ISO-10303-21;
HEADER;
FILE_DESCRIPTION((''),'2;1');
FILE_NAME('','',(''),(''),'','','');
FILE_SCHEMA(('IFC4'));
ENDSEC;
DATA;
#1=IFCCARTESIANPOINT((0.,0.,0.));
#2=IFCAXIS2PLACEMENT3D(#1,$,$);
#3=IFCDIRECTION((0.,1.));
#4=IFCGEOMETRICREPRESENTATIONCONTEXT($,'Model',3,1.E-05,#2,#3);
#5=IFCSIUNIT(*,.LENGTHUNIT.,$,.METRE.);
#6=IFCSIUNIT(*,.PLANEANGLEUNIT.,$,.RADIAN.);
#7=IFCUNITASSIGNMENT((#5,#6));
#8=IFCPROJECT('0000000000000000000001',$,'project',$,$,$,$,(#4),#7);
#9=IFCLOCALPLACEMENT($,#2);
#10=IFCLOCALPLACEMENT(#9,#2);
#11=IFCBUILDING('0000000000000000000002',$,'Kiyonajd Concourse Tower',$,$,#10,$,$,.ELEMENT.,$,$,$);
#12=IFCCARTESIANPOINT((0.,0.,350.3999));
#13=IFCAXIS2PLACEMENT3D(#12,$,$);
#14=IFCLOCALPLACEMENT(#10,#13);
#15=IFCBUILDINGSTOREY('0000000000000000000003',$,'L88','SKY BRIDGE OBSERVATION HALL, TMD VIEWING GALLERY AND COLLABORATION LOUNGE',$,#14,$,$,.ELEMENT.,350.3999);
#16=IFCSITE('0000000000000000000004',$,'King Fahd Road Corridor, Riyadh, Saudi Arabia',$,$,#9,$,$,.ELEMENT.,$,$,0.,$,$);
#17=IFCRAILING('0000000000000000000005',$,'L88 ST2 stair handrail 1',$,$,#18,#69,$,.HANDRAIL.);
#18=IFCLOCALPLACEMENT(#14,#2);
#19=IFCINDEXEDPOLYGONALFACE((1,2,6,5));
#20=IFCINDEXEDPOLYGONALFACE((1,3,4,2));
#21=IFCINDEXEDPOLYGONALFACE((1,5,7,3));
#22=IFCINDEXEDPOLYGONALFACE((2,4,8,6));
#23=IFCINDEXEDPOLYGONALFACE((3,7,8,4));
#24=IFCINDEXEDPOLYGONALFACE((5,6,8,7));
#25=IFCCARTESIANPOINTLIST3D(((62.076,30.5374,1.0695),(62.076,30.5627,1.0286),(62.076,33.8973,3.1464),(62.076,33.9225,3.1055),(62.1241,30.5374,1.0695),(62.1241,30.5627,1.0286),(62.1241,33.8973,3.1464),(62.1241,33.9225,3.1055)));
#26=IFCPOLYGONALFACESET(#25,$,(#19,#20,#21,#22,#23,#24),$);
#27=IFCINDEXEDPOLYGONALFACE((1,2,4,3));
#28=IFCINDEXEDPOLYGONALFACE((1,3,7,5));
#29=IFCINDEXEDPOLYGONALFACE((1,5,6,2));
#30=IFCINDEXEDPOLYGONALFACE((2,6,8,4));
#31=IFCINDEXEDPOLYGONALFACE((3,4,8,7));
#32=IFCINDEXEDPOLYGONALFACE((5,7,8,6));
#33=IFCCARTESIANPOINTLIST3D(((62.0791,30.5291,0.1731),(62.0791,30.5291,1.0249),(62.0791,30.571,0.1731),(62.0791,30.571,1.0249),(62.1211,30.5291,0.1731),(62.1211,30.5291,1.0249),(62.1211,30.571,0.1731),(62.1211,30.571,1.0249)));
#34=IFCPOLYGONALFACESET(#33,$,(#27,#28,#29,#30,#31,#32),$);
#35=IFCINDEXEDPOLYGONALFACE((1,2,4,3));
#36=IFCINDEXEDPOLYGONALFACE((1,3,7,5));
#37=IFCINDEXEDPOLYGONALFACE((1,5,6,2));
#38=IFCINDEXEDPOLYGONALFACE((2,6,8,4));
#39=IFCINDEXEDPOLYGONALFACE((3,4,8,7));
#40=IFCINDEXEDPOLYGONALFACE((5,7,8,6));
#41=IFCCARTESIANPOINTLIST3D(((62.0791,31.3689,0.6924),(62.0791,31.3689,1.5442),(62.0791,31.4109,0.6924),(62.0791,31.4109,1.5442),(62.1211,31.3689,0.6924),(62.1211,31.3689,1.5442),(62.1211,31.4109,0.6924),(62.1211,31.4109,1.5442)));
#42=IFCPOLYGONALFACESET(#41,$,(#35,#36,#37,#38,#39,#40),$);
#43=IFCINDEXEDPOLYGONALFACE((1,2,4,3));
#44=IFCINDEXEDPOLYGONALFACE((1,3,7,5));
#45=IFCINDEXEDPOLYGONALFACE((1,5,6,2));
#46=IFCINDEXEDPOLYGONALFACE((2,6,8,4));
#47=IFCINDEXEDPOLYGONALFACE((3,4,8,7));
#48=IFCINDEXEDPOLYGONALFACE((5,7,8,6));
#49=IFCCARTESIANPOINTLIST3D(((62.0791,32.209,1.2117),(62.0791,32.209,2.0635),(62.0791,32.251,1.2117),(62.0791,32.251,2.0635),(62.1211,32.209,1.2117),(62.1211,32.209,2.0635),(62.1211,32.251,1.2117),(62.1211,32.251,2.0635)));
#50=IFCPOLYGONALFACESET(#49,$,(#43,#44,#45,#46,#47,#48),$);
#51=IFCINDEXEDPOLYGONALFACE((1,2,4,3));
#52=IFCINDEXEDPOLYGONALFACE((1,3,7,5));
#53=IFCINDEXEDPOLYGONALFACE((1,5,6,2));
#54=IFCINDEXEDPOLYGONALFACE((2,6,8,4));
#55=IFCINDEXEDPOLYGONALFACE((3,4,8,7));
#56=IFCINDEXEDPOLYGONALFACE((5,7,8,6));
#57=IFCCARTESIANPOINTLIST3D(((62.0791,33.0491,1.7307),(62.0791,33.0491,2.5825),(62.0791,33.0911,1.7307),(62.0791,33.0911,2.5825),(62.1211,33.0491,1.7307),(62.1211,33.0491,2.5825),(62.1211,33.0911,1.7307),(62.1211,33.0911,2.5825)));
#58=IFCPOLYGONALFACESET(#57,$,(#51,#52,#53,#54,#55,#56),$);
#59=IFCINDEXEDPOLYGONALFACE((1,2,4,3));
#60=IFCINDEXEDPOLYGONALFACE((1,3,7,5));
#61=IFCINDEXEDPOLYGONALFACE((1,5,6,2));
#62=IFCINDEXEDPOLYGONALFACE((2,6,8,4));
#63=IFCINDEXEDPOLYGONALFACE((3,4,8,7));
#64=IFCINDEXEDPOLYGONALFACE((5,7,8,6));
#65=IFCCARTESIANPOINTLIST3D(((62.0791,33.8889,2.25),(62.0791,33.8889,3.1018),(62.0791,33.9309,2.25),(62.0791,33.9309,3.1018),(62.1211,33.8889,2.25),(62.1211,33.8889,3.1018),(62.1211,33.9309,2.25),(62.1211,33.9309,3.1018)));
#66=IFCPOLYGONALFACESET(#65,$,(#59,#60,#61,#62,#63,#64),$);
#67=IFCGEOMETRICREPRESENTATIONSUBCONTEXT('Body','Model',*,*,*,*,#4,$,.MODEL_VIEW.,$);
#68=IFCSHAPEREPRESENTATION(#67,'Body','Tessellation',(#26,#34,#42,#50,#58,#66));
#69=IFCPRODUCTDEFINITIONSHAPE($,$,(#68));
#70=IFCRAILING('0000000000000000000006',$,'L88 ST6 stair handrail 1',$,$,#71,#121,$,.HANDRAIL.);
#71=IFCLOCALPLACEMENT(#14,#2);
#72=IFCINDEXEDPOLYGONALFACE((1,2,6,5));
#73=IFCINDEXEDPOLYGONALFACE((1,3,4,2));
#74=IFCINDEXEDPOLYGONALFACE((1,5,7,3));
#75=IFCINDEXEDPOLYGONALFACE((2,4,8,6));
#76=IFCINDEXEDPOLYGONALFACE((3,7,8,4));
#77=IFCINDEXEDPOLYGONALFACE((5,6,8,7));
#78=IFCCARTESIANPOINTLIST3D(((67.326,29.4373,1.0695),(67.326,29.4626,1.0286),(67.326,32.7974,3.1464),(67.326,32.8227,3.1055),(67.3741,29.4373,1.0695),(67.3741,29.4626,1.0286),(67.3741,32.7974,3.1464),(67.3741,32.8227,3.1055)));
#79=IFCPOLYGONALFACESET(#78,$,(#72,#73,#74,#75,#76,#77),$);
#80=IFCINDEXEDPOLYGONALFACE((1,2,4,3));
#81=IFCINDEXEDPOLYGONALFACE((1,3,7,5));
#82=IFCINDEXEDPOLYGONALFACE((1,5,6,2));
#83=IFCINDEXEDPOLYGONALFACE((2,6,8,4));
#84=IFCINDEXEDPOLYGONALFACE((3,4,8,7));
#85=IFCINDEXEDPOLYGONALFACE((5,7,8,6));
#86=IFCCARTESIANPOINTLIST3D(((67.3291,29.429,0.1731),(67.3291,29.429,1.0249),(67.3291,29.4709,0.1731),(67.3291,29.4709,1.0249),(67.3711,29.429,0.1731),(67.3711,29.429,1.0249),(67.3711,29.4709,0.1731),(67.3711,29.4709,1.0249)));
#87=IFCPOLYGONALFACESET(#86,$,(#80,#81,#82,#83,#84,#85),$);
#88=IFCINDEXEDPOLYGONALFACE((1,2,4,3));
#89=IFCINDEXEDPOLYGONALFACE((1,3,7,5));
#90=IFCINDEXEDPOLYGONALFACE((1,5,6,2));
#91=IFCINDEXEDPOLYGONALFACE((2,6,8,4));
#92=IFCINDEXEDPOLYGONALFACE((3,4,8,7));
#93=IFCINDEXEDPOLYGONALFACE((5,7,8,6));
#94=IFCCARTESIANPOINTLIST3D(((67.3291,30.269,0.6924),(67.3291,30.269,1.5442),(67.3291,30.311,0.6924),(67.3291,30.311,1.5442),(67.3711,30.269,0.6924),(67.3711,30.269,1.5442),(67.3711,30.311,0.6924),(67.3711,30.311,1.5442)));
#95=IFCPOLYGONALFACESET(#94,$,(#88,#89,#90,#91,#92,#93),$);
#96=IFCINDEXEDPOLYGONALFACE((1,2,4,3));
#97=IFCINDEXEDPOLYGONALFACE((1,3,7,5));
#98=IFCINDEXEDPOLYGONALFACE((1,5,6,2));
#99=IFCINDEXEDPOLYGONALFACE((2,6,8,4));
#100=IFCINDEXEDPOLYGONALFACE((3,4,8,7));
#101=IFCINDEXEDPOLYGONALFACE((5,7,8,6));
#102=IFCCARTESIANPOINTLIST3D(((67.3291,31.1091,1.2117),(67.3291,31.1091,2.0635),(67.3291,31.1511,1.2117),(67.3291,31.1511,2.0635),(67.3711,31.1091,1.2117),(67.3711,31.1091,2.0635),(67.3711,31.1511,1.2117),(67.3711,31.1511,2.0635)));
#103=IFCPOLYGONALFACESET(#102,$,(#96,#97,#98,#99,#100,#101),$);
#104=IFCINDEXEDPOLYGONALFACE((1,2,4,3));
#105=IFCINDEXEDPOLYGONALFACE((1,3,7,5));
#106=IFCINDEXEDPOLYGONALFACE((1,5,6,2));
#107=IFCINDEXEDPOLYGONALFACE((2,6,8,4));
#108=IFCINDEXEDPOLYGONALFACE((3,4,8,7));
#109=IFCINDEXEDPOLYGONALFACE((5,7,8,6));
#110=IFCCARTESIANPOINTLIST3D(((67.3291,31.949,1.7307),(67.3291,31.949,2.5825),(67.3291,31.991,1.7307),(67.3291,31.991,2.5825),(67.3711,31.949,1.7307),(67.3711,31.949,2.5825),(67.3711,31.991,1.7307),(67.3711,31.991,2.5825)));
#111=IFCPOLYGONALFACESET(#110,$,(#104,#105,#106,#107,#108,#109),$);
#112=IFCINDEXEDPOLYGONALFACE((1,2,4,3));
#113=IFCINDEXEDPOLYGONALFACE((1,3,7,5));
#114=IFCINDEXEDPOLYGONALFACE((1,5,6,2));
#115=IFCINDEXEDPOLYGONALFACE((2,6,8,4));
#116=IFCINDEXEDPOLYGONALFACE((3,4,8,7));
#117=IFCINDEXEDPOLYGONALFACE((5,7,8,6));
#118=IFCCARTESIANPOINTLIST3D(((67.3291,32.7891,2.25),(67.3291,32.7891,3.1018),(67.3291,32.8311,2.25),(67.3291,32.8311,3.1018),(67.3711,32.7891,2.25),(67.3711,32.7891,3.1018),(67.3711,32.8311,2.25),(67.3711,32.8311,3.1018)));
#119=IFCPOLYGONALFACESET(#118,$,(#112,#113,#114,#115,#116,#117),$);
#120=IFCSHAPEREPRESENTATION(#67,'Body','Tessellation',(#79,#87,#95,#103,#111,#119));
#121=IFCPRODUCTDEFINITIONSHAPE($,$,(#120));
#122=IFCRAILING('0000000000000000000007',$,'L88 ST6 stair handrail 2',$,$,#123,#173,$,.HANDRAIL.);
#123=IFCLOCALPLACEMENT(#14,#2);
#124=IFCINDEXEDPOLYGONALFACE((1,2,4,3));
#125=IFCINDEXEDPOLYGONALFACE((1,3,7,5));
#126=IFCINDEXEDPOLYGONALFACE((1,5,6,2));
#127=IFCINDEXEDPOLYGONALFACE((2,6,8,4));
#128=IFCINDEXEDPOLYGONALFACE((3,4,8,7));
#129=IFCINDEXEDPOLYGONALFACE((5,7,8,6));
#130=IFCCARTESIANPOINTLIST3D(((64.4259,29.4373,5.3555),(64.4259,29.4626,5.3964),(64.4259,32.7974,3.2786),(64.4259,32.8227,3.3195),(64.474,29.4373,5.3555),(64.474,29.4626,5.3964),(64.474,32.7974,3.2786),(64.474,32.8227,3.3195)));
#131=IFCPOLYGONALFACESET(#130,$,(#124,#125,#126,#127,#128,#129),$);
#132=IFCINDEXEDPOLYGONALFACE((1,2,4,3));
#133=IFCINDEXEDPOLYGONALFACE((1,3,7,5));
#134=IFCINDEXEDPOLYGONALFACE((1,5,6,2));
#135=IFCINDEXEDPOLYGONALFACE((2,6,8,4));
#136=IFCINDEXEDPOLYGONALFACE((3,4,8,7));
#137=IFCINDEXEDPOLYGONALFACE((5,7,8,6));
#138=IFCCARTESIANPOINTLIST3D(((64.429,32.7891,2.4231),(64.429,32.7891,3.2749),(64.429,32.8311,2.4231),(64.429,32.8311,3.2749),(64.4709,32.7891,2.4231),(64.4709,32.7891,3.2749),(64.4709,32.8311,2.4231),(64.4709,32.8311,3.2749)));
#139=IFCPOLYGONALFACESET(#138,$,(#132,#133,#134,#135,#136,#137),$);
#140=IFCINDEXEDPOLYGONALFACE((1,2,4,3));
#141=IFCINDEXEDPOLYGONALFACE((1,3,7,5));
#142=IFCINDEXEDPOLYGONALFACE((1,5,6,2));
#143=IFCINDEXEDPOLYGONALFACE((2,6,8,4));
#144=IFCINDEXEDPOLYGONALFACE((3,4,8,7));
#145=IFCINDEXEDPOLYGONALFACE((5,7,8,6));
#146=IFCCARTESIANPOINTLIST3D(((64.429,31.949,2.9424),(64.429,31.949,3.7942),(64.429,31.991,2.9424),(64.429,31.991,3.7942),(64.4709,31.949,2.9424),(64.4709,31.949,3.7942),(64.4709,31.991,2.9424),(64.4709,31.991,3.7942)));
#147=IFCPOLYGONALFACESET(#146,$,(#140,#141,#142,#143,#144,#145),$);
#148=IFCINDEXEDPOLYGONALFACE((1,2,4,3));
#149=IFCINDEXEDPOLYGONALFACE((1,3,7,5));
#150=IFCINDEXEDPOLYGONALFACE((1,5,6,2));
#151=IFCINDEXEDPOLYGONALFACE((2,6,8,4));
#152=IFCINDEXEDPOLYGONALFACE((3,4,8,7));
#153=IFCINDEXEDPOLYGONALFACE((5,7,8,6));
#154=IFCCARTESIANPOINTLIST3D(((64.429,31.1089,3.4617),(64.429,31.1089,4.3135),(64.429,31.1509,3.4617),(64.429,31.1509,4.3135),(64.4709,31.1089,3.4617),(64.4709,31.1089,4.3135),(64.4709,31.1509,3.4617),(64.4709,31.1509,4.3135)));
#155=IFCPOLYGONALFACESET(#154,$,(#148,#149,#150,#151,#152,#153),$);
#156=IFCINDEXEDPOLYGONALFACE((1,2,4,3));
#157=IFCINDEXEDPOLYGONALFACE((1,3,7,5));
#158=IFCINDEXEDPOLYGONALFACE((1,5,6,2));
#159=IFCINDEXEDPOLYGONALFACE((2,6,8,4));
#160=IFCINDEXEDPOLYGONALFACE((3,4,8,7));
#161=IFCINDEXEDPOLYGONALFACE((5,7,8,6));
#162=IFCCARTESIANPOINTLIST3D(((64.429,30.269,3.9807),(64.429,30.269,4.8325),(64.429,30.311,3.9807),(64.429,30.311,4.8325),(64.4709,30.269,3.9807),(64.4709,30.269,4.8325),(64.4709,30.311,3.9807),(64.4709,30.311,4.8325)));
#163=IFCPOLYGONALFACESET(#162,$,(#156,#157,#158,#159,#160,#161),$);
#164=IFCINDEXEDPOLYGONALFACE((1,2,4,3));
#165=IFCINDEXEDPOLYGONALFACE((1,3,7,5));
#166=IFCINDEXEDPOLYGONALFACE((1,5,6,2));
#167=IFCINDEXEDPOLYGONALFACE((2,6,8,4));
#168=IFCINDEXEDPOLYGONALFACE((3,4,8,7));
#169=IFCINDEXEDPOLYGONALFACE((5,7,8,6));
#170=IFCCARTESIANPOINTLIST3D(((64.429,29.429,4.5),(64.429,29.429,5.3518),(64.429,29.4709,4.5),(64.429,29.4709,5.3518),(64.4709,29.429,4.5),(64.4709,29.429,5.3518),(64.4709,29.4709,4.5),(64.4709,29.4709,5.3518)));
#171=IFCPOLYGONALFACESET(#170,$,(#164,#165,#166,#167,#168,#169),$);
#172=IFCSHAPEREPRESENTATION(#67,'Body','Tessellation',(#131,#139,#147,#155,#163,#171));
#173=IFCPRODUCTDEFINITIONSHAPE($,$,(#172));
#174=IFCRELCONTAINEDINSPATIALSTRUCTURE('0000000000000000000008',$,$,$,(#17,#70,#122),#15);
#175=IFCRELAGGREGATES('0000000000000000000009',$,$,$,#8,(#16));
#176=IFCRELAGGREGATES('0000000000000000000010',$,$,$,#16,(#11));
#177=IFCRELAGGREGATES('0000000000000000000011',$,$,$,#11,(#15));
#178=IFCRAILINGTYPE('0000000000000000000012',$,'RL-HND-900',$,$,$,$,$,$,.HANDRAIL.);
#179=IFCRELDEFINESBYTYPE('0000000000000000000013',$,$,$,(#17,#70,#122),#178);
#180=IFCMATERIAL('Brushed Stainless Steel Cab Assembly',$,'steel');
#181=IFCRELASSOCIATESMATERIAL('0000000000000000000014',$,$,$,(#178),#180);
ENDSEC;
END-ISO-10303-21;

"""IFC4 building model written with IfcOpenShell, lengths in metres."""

from ifc_helpers import new_model, si_unit, direction, frame, origin, origin_2d, place, context, subcontext, project, spatial, rectangle, extrude, material, type_object, element, save


model = new_model("IFC4")

# Units and contexts
model_context = context("Model", 3, precision=1e-05, world=origin(), true_north=direction((0.0, 1.0)))
body_context = subcontext(model_context, "Body", "Model", "MODEL_VIEW")
ifc_project = project(units=[si_unit("LENGTHUNIT", "METRE"), si_unit("PLANEANGLEUNIT", "RADIAN")], contexts=[model_context])

# Site, building, storey
site_placement = place(None, origin())
site = spatial("IfcSite", under=ifc_project, at=site_placement, Name="King Fahd Road Corridor, Riyadh, Saudi Arabia", CompositionType="ELEMENT", RefElevation=0.0)
building_placement = place(site_placement, origin())
building = spatial("IfcBuilding", under=site, at=building_placement, Name="Kiyonajd Concourse Tower", CompositionType="ELEMENT")
storey_placement = place(building_placement, frame((0.0, 0.0, 350.3999)))
storey = spatial("IfcBuildingStorey", under=building, at=storey_placement, Name="L88", Description="SKY BRIDGE OBSERVATION HALL, TMD VIEWING GALLERY AND COLLABORATION LOUNGE", CompositionType="ELEMENT", Elevation=350.3999)

# Railings
ifc_material_1 = material(Name="Brushed Stainless Steel Cab Assembly", Category="steel")
railing_type_1 = type_object("IfcRailingType", Name="RL-HND-900", PredefinedType="HANDRAIL", material=ifc_material_1)
railing_1_placement = place(storey_placement, frame((62.1001, 30.55, 0.1731)))
element("IfcRailing", 1, at=railing_1_placement, inside=storey, type_object=railing_type_1, Name="L88 ST2 stair handrail 1", PredefinedType="HANDRAIL", context=body_context, shape_type="SweptSolid", body=[
    extrude(rectangle(XDim=0.0481, YDim=0.0481, at=origin_2d()), frame((0.0, 0.0, 0.876), z_axis=(0.0, 0.850606, 0.525803), x_axis=(-1.0, 0.0, 0.0)), (0.0, 0.0, 1.0), 3.95),
    extrude(rectangle(XDim=0.042, YDim=0.042, at=origin_2d()), origin(), (0.0, 0.0, 1.0), 0.8518),
    extrude(rectangle(XDim=0.042, YDim=0.042, at=origin_2d()), frame((0.0, 0.8398, 0.5193)), (0.0, 0.0, 1.0), 0.8518),
    extrude(rectangle(XDim=0.042, YDim=0.042, at=origin_2d()), frame((0.0, 1.6799, 1.0386)), (0.0, 0.0, 1.0), 0.8518),
    extrude(rectangle(XDim=0.042, YDim=0.042, at=origin_2d()), frame((0.0, 2.52, 1.5576)), (0.0, 0.0, 1.0), 0.8518),
    extrude(rectangle(XDim=0.042, YDim=0.042, at=origin_2d()), frame((0.0, 3.3599, 2.0769)), (0.0, 0.0, 1.0), 0.8518),
])
railing_2_placement = place(storey_placement, frame((67.3501, 29.45, 0.1731)))
element("IfcRailing", 2, at=railing_2_placement, inside=storey, type_object=railing_type_1, Name="L88 ST6 stair handrail 1", PredefinedType="HANDRAIL", context=body_context, shape_type="SweptSolid", body=[
    extrude(rectangle(XDim=0.0481, YDim=0.0481, at=origin_2d()), frame((0.0, 0.0, 0.876), z_axis=(0.0, 0.850623, 0.525776), x_axis=(-1.0, 0.0, 0.0)), (0.0, 0.0, 1.0), 3.9502),
    extrude(rectangle(XDim=0.042, YDim=0.042, at=origin_2d()), origin(), (0.0, 0.0, 1.0), 0.8518),
    extrude(rectangle(XDim=0.042, YDim=0.042, at=origin_2d()), frame((0.0, 0.8401, 0.5193)), (0.0, 0.0, 1.0), 0.8518),
    extrude(rectangle(XDim=0.042, YDim=0.042, at=origin_2d()), frame((0.0, 1.6802, 1.0386)), (0.0, 0.0, 1.0), 0.8518),
    extrude(rectangle(XDim=0.042, YDim=0.042, at=origin_2d()), frame((0.0, 2.52, 1.5576)), (0.0, 0.0, 1.0), 0.8518),
    extrude(rectangle(XDim=0.042, YDim=0.042, at=origin_2d()), frame((0.0, 3.3601, 2.0769)), (0.0, 0.0, 1.0), 0.8518),
])
railing_3_placement = place(storey_placement, frame((64.45, 32.8101, 2.4231)))
element("IfcRailing", 3, at=railing_3_placement, inside=storey, type_object=railing_type_1, Name="L88 ST6 stair handrail 2", PredefinedType="HANDRAIL", context=body_context, shape_type="SweptSolid", body=[
    extrude(rectangle(XDim=0.0481, YDim=0.0481, at=origin_2d()), frame((0.0, 0.0, 0.876), z_axis=(0.0, -0.850623, 0.525776), x_axis=(1.0, 0.0, 0.0)), (0.0, 0.0, 1.0), 3.9502),
    extrude(rectangle(XDim=0.042, YDim=0.042, at=origin_2d()), origin(), (0.0, 0.0, 1.0), 0.8518),
    extrude(rectangle(XDim=0.042, YDim=0.042, at=origin_2d()), frame((0.0, -0.8401, 0.5193)), (0.0, 0.0, 1.0), 0.8518),
    extrude(rectangle(XDim=0.042, YDim=0.042, at=origin_2d()), frame((0.0, -1.6802, 1.0386)), (0.0, 0.0, 1.0), 0.8518),
    extrude(rectangle(XDim=0.042, YDim=0.042, at=origin_2d()), frame((0.0, -2.52, 1.5576)), (0.0, 0.0, 1.0), 0.8518),
    extrude(rectangle(XDim=0.042, YDim=0.042, at=origin_2d()), frame((0.0, -3.3601, 2.0769)), (0.0, 0.0, 1.0), 0.8518),
])

save(model, "model.ifc")
